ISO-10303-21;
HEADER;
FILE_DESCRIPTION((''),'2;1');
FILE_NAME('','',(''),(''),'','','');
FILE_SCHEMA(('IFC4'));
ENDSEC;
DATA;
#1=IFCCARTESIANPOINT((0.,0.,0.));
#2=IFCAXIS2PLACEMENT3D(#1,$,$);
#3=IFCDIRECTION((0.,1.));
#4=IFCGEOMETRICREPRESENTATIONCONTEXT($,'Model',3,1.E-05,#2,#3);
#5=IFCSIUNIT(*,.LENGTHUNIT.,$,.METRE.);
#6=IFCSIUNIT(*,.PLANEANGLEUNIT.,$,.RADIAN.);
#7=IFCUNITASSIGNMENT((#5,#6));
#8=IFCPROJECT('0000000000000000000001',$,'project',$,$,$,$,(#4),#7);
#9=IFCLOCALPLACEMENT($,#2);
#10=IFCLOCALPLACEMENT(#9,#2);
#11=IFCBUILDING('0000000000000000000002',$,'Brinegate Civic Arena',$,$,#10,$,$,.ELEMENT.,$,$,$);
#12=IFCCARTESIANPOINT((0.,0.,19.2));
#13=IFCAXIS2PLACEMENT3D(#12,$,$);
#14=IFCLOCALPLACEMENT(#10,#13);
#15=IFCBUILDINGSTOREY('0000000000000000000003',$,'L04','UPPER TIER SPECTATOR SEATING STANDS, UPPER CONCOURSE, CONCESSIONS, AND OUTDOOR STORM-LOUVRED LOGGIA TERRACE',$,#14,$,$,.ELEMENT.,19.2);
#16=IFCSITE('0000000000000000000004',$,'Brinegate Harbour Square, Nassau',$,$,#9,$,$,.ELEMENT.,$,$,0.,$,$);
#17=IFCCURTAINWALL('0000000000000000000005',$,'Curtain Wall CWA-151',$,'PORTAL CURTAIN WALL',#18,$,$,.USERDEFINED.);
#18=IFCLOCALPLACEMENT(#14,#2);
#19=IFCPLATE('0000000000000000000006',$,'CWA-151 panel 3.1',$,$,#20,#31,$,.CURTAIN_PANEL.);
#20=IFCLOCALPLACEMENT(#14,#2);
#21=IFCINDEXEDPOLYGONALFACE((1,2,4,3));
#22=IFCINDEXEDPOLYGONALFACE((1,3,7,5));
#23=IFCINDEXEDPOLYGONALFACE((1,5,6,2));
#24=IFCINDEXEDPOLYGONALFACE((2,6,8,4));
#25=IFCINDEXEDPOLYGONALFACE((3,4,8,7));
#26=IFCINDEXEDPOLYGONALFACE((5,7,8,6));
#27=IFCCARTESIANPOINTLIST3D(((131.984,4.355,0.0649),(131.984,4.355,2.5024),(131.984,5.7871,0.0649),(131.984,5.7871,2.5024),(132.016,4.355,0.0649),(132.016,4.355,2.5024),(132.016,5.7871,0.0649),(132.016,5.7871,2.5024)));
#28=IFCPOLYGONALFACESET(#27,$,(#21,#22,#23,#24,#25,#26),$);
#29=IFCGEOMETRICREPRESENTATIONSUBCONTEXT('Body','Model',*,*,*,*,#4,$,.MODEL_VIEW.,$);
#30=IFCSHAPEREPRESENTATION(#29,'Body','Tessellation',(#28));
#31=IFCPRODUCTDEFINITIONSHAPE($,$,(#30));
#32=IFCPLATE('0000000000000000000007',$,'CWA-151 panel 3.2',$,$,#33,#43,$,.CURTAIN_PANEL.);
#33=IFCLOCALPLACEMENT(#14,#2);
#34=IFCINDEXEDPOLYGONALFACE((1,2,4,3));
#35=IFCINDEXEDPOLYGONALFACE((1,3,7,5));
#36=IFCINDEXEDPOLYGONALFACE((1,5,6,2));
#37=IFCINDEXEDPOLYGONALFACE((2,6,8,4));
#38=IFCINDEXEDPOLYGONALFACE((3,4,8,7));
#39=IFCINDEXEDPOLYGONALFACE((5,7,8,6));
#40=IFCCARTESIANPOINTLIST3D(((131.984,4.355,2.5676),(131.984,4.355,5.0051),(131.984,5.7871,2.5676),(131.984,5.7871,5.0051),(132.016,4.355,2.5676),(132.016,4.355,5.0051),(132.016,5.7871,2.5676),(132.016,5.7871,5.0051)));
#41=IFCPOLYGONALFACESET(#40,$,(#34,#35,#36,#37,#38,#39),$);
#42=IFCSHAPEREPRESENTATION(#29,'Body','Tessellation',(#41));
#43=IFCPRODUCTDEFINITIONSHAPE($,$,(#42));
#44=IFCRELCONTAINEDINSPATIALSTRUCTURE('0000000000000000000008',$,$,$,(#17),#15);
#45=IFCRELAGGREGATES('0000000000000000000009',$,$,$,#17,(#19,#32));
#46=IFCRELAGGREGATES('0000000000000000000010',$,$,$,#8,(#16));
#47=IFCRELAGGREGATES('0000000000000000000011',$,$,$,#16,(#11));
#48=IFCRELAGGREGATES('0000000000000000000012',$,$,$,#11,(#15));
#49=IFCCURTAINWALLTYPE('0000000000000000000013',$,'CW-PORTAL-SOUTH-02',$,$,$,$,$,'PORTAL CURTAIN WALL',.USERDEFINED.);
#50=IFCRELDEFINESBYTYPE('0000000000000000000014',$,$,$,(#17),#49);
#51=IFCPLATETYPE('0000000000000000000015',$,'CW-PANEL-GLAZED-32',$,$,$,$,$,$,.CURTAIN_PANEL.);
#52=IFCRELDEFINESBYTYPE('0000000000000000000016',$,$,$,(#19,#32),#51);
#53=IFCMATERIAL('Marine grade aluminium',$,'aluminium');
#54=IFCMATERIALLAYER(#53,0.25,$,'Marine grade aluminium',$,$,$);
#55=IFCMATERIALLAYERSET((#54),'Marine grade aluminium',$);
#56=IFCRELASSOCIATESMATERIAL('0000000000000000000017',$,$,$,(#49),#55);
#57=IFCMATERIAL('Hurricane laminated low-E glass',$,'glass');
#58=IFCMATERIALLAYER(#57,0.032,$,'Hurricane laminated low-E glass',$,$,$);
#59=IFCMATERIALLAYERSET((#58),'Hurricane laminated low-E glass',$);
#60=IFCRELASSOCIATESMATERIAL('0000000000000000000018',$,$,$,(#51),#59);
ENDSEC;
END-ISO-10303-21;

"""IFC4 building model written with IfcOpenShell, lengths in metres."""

from ifc_helpers import new_model, si_unit, direction, frame, origin, origin_2d, place, context, subcontext, project, spatial, rectangle, extrude, material, layer, layer_set, type_object, element, aggregate, save


model = new_model("IFC4")

# Units and contexts
model_context = context("Model", 3, precision=1e-05, world=origin(), true_north=direction((0.0, 1.0)))
body_context = subcontext(model_context, "Body", "Model", "MODEL_VIEW")
ifc_project = project(units=[si_unit("LENGTHUNIT", "METRE"), si_unit("PLANEANGLEUNIT", "RADIAN")], contexts=[model_context])

# Site, building, storey
site_placement = place(None, origin())
site = spatial("IfcSite", under=ifc_project, at=site_placement, Name="Brinegate Harbour Square, Nassau", CompositionType="ELEMENT", RefElevation=0.0)
building_placement = place(site_placement, origin())
building = spatial("IfcBuilding", under=site, at=building_placement, Name="Brinegate Civic Arena", CompositionType="ELEMENT")
storey_placement = place(building_placement, frame((0.0, 0.0, 19.2)))
storey = spatial("IfcBuildingStorey", under=building, at=storey_placement, Name="L04", Description="UPPER TIER SPECTATOR SEATING STANDS, UPPER CONCOURSE, CONCESSIONS, AND OUTDOOR STORM-LOUVRED LOGGIA TERRACE", CompositionType="ELEMENT", Elevation=19.2)

# Curtain wall, plates
ifc_material_1 = material(Name="Marine grade aluminium", Category="aluminium")
ifc_layer_1 = layer(ifc_material_1, 0.25, Name="Marine grade aluminium")
ifc_layer_set_1 = layer_set([ifc_layer_1], Name="Marine grade aluminium")
curtain_wall_type = type_object("IfcCurtainWallType", Name="CW-PORTAL-SOUTH-02", ElementType="PORTAL CURTAIN WALL", PredefinedType="USERDEFINED", material=ifc_layer_set_1)
curtain_wall_placement = place(storey_placement, origin())
curtain_wall = element("IfcCurtainWall", 1, at=curtain_wall_placement, inside=storey, type_object=curtain_wall_type, Name="Curtain Wall CWA-151", ObjectType="PORTAL CURTAIN WALL", PredefinedType="USERDEFINED")
ifc_material_2 = material(Name="Hurricane laminated low-E glass", Category="glass")
ifc_layer_2 = layer(ifc_material_2, 0.032, Name="Hurricane laminated low-E glass")
ifc_layer_set_2 = layer_set([ifc_layer_2], Name="Hurricane laminated low-E glass")
plate_type = type_object("IfcPlateType", Name="CW-PANEL-GLAZED-32", PredefinedType="CURTAIN_PANEL", material=ifc_layer_set_2)
plate_1_placement = place(storey_placement, frame((132.0, 5.071, 0.0649), z_axis=(0.0, 0.0, 1.0), x_axis=(0.0, 1.0, 0.0)))
plate_1 = element("IfcPlate", 2, at=plate_1_placement, type_object=plate_type, Name="CWA-151 panel 3.1", PredefinedType="CURTAIN_PANEL", context=body_context, shape_type="SweptSolid", body=[
    extrude(rectangle(XDim=1.4321, YDim=0.032, at=origin_2d()), origin(), (0.0, 0.0, 1.0), 2.4375),
])
plate_2_placement = place(storey_placement, frame((132.0, 5.071, 2.5676), z_axis=(0.0, 0.0, 1.0), x_axis=(0.0, 1.0, 0.0)))
plate_2 = element("IfcPlate", 3, at=plate_2_placement, type_object=plate_type, Name="CWA-151 panel 3.2", PredefinedType="CURTAIN_PANEL", context=body_context, shape_type="SweptSolid", body=[
    extrude(rectangle(XDim=1.4321, YDim=0.032, at=origin_2d()), origin(), (0.0, 0.0, 1.0), 2.4375),
])
aggregate(curtain_wall, [plate_1, plate_2])

save(model, "model.ifc")
